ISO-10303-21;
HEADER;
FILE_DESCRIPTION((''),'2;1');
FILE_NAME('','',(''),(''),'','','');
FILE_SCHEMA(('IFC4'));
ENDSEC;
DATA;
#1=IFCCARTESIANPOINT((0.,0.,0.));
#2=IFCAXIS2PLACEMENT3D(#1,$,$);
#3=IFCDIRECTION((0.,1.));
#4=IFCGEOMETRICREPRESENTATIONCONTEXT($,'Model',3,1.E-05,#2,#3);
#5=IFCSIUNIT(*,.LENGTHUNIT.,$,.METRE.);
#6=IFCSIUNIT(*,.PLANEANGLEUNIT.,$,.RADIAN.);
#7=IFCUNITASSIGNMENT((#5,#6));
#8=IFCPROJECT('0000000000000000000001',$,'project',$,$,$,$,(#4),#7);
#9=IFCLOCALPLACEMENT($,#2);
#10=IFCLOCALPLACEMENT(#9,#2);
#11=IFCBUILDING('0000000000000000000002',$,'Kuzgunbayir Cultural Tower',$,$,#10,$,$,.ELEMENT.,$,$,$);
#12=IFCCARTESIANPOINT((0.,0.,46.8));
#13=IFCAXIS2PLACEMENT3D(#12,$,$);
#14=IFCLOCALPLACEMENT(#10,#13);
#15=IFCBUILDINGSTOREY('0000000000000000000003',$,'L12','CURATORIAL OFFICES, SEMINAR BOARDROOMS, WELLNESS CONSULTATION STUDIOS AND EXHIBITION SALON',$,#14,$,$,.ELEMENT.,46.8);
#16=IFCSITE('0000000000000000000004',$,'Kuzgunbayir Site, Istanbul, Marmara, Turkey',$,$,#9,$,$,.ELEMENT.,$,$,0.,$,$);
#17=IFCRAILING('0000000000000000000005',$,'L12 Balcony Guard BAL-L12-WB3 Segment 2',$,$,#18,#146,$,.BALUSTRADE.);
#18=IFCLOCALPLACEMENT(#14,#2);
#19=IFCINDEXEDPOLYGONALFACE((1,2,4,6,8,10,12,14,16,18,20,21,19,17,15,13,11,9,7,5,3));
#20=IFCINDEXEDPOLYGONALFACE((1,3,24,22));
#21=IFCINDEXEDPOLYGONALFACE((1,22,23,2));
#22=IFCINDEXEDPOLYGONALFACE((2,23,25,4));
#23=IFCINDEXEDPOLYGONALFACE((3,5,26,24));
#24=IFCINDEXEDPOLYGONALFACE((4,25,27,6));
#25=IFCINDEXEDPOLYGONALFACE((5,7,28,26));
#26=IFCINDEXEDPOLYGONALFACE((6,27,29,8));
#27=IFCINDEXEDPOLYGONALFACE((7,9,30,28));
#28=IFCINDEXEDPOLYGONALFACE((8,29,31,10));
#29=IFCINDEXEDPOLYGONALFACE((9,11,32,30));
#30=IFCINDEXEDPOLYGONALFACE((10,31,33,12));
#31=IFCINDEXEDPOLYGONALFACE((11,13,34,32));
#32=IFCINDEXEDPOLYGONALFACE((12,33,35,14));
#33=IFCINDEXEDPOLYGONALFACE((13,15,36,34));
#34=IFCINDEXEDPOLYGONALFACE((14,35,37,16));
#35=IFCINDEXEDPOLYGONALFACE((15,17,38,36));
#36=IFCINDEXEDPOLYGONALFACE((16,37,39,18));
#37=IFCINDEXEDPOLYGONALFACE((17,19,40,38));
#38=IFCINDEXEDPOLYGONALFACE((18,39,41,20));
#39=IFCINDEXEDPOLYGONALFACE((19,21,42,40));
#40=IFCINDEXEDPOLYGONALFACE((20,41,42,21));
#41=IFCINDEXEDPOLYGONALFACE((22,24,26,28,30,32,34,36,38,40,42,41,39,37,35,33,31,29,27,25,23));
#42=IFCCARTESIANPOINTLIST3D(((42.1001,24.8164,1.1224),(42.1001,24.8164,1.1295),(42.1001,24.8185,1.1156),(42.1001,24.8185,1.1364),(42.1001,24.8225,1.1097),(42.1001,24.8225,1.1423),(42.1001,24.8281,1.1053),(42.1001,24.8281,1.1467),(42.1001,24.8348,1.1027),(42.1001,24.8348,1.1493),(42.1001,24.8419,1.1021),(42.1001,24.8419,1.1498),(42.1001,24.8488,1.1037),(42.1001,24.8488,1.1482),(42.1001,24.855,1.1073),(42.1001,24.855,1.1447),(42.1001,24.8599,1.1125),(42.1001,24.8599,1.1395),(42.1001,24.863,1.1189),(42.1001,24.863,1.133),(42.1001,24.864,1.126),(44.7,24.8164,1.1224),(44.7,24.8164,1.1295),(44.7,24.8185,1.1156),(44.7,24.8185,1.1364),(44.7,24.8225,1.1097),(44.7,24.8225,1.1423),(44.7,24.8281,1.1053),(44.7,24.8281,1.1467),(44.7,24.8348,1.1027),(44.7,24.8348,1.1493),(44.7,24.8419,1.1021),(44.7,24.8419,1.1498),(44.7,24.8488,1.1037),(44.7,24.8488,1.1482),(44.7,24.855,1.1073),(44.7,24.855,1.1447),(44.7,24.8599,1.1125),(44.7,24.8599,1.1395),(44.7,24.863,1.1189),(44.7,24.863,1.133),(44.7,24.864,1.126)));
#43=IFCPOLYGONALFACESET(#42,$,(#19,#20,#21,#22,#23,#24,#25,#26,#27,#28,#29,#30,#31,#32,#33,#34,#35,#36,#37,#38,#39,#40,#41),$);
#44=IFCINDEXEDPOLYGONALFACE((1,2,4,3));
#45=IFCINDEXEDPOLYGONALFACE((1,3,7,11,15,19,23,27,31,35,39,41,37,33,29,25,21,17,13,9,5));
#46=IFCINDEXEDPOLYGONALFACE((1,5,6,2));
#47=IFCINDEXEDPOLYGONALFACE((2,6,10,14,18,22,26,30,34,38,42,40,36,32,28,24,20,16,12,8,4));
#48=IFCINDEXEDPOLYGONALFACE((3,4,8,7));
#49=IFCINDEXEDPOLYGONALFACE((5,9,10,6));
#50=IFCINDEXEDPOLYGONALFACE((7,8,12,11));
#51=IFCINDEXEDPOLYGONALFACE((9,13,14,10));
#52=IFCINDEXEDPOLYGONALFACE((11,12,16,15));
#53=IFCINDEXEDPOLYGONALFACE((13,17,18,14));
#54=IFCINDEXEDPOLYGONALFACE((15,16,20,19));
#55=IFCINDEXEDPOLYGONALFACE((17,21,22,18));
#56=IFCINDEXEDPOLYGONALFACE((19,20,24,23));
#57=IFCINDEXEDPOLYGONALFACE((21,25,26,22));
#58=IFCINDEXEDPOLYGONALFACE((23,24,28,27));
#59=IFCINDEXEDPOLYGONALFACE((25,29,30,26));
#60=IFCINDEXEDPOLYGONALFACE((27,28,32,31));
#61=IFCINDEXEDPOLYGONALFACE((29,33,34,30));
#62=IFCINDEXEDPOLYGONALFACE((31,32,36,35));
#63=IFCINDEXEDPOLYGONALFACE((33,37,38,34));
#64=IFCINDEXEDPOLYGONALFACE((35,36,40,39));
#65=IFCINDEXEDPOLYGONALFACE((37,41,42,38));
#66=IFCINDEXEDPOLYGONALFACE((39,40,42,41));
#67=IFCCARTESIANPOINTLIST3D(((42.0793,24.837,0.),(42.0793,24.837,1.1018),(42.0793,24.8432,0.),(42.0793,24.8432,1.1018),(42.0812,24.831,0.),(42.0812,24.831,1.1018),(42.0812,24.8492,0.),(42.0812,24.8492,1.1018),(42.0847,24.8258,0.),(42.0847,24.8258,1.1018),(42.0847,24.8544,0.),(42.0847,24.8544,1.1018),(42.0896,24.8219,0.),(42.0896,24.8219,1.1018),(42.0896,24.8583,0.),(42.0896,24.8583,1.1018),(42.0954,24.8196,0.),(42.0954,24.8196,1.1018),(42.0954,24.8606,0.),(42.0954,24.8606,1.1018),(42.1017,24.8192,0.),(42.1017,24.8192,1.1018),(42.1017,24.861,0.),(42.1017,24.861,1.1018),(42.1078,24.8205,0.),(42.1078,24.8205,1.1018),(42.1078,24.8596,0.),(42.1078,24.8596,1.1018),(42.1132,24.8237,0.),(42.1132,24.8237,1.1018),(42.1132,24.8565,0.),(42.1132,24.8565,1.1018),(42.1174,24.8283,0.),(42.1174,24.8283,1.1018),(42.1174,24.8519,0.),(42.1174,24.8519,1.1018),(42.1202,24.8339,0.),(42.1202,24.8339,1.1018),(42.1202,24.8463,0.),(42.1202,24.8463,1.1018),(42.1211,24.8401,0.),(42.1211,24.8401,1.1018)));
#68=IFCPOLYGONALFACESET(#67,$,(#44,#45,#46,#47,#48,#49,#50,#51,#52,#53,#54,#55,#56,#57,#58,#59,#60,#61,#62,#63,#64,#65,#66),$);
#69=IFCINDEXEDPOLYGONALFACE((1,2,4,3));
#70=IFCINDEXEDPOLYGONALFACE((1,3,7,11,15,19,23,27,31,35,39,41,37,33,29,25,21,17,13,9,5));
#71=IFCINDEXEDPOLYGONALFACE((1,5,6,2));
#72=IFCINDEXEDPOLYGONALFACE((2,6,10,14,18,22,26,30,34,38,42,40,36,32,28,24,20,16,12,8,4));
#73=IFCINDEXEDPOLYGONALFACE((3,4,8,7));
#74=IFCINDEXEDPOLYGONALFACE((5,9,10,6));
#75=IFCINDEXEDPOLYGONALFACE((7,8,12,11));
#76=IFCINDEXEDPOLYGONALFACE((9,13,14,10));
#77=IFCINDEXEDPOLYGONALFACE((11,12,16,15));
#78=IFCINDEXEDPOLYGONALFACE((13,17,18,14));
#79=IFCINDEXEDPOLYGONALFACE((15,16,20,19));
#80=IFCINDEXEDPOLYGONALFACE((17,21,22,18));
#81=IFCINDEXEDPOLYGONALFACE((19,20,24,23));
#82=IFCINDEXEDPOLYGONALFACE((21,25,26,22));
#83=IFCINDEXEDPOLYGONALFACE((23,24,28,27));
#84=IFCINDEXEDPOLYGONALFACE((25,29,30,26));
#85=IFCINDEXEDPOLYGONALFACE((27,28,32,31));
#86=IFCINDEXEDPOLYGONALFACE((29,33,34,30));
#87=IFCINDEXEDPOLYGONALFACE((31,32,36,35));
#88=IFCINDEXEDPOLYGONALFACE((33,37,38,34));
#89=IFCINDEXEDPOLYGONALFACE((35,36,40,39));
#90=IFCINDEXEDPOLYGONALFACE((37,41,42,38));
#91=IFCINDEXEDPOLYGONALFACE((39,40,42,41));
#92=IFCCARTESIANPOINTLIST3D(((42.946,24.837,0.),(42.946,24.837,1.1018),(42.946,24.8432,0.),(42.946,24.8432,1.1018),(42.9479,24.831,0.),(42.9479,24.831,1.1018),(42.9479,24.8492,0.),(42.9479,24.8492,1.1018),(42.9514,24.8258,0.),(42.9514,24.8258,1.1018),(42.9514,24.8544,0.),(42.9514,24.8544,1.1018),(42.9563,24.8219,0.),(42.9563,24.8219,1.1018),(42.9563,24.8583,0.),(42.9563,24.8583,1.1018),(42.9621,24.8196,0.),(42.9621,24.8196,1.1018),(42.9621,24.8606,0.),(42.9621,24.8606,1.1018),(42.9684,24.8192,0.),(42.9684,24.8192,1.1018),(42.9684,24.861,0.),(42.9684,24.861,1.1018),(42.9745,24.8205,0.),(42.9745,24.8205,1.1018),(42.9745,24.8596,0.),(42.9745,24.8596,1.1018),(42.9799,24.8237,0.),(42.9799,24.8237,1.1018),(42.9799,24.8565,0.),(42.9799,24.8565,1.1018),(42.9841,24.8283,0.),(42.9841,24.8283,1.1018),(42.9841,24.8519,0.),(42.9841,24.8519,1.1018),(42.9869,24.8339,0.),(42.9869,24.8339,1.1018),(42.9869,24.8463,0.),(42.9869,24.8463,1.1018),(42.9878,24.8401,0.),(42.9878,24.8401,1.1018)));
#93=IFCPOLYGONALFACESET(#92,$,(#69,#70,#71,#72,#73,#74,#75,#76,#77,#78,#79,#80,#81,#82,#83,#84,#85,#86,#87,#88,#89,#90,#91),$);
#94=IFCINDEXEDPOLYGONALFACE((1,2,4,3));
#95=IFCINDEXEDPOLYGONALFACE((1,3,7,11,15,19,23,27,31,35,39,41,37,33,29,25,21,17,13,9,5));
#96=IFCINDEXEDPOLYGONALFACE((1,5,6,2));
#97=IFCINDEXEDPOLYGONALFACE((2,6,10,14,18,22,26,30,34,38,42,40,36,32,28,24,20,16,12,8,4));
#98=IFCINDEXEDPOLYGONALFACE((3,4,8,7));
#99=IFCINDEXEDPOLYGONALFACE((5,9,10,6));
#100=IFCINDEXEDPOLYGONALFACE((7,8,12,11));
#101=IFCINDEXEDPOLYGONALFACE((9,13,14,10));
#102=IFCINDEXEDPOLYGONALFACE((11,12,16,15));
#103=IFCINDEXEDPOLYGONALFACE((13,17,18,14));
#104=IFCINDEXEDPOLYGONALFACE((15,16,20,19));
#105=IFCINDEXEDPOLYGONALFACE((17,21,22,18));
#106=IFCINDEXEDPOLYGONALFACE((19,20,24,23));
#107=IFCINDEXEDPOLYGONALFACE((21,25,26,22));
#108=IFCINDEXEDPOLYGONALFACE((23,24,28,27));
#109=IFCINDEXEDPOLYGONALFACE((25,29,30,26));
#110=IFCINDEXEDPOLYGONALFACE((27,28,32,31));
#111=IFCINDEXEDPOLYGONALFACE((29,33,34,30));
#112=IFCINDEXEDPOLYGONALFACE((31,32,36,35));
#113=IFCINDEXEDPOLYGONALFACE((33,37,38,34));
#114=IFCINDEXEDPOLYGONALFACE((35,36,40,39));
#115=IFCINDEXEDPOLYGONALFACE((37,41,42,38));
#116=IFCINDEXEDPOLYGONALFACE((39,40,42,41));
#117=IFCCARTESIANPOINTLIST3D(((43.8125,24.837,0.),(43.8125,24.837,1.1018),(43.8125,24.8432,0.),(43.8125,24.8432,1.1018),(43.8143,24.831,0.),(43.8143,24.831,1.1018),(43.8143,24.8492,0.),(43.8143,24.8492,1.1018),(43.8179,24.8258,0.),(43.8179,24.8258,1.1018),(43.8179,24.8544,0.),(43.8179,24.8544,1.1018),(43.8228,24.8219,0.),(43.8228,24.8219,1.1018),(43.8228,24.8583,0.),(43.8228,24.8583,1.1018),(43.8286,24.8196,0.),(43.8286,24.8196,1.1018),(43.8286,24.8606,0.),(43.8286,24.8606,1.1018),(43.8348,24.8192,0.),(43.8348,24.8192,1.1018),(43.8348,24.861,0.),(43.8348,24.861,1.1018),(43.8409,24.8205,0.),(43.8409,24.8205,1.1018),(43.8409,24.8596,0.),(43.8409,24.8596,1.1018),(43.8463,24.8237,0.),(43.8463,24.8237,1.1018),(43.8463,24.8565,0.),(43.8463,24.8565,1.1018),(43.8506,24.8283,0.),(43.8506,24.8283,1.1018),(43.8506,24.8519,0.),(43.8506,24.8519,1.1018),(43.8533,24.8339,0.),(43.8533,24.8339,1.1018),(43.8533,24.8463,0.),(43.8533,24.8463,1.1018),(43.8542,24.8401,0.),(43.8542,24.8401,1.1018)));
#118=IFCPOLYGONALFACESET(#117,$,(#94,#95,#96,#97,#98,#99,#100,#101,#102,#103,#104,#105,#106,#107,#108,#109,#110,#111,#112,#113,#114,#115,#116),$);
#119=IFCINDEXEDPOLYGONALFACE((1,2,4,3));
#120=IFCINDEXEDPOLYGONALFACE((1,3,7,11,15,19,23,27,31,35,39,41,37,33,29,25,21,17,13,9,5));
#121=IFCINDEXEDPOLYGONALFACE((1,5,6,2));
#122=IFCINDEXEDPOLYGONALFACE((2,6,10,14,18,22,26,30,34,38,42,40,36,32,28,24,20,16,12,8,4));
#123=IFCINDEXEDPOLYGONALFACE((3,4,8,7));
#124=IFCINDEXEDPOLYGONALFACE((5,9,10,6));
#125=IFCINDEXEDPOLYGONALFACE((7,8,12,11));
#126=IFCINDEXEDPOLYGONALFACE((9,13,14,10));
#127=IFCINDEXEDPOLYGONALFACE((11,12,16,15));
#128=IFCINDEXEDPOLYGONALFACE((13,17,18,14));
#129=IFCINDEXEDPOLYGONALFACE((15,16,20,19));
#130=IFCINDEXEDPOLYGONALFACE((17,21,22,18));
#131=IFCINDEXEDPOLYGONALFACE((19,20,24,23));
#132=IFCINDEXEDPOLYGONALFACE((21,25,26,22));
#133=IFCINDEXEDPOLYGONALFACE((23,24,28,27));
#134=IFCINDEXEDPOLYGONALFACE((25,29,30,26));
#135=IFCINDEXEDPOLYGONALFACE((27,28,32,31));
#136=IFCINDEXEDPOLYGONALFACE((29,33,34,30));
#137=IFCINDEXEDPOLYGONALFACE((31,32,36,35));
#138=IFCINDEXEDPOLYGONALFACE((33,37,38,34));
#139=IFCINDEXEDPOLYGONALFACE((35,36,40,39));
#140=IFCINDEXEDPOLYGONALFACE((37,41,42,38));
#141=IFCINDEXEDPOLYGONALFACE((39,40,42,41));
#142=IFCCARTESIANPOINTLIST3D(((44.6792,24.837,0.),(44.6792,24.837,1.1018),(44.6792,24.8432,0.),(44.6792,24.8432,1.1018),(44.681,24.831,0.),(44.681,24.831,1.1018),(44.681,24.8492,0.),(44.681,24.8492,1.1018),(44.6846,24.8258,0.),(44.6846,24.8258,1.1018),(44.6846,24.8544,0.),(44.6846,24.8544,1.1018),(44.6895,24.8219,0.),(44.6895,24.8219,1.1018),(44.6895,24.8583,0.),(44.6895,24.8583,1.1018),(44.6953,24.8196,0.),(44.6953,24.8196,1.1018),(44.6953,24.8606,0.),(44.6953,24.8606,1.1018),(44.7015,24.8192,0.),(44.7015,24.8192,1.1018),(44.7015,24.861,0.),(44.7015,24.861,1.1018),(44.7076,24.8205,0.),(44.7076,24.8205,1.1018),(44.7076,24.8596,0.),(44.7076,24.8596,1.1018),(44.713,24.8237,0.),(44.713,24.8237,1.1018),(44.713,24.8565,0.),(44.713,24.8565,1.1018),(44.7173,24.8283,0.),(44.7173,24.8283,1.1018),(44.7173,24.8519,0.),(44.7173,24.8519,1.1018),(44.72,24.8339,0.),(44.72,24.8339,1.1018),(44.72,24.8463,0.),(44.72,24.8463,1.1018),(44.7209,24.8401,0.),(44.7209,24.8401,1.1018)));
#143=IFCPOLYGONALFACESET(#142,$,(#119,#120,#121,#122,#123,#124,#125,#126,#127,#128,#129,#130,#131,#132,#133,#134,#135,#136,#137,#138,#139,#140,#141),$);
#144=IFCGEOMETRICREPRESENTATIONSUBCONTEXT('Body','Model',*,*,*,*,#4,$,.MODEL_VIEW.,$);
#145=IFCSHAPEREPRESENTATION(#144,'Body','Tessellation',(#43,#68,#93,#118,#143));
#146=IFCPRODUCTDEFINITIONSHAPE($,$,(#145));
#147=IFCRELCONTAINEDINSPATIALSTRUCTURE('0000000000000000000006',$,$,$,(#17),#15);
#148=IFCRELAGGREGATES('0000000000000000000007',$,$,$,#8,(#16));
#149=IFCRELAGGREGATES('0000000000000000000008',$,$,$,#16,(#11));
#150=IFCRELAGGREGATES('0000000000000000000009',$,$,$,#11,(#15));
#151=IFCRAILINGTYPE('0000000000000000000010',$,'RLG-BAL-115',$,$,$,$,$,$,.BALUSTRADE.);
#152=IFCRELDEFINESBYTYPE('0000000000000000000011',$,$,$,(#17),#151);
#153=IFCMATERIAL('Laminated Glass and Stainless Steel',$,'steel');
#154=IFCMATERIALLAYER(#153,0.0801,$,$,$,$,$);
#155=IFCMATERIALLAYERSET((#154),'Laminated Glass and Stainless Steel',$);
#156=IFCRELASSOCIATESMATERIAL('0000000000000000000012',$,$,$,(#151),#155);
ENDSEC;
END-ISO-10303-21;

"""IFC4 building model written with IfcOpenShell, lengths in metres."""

from ifc_helpers import new_model, si_unit, direction, frame, origin, origin_2d, place, context, subcontext, project, spatial, circle, extrude, material, layer, layer_set, type_object, element, save


model = new_model("IFC4")

# Units and contexts
model_context = context("Model", 3, precision=1e-05, world=origin(), true_north=direction((0.0, 1.0)))
body_context = subcontext(model_context, "Body", "Model", "MODEL_VIEW")
ifc_project = project(units=[si_unit("LENGTHUNIT", "METRE"), si_unit("PLANEANGLEUNIT", "RADIAN")], contexts=[model_context])

# Site, building, storey
site_placement = place(None, origin())
site = spatial("IfcSite", under=ifc_project, at=site_placement, Name="Kuzgunbayir Site, Istanbul, Marmara, Turkey", CompositionType="ELEMENT", RefElevation=0.0)
building_placement = place(site_placement, origin())
building = spatial("IfcBuilding", under=site, at=building_placement, Name="Kuzgunbayir Cultural Tower", CompositionType="ELEMENT")
storey_placement = place(building_placement, frame((0.0, 0.0, 46.8)))
storey = spatial("IfcBuildingStorey", under=building, at=storey_placement, Name="L12", Description="CURATORIAL OFFICES, SEMINAR BOARDROOMS, WELLNESS CONSULTATION STUDIOS AND EXHIBITION SALON", CompositionType="ELEMENT", Elevation=46.8)

# Railing
ifc_material_1 = material(Name="Laminated Glass and Stainless Steel", Category="steel")
ifc_layer_1 = layer(ifc_material_1, 0.0801)
ifc_layer_set_1 = layer_set([ifc_layer_1], Name="Laminated Glass and Stainless Steel")
railing_type = type_object("IfcRailingType", Name="RLG-BAL-115", PredefinedType="BALUSTRADE", material=ifc_layer_set_1)
railing_1_placement = place(storey_placement, frame((42.1001, 24.8401, 0.0)))
element("IfcRailing", 1, at=railing_1_placement, inside=storey, type_object=railing_type, Name="L12 Balcony Guard BAL-L12-WB3 Segment 2", PredefinedType="BALUSTRADE", context=body_context, shape_type="SweptSolid", body=[
    extrude(circle(Radius=0.0239, at=origin_2d()), frame((0.0, 0.0, 1.126), z_axis=(1.0, 0.0, 0.0), x_axis=(0.0, 1.0, 0.0)), (0.0, 0.0, 1.0), 2.5999),
    extrude(circle(Radius=0.021, at=origin_2d()), origin(), (0.0, 0.0, 1.0), 1.1018),
    extrude(circle(Radius=0.021, at=origin_2d()), frame((0.8667, 0.0, 0.0)), (0.0, 0.0, 1.0), 1.1018),
    extrude(circle(Radius=0.021, at=origin_2d()), frame((1.7332, 0.0, 0.0)), (0.0, 0.0, 1.0), 1.1018),
    extrude(circle(Radius=0.021, at=origin_2d()), frame((2.5999, 0.0, 0.0)), (0.0, 0.0, 1.0), 1.1018),
])

save(model, "model.ifc")
